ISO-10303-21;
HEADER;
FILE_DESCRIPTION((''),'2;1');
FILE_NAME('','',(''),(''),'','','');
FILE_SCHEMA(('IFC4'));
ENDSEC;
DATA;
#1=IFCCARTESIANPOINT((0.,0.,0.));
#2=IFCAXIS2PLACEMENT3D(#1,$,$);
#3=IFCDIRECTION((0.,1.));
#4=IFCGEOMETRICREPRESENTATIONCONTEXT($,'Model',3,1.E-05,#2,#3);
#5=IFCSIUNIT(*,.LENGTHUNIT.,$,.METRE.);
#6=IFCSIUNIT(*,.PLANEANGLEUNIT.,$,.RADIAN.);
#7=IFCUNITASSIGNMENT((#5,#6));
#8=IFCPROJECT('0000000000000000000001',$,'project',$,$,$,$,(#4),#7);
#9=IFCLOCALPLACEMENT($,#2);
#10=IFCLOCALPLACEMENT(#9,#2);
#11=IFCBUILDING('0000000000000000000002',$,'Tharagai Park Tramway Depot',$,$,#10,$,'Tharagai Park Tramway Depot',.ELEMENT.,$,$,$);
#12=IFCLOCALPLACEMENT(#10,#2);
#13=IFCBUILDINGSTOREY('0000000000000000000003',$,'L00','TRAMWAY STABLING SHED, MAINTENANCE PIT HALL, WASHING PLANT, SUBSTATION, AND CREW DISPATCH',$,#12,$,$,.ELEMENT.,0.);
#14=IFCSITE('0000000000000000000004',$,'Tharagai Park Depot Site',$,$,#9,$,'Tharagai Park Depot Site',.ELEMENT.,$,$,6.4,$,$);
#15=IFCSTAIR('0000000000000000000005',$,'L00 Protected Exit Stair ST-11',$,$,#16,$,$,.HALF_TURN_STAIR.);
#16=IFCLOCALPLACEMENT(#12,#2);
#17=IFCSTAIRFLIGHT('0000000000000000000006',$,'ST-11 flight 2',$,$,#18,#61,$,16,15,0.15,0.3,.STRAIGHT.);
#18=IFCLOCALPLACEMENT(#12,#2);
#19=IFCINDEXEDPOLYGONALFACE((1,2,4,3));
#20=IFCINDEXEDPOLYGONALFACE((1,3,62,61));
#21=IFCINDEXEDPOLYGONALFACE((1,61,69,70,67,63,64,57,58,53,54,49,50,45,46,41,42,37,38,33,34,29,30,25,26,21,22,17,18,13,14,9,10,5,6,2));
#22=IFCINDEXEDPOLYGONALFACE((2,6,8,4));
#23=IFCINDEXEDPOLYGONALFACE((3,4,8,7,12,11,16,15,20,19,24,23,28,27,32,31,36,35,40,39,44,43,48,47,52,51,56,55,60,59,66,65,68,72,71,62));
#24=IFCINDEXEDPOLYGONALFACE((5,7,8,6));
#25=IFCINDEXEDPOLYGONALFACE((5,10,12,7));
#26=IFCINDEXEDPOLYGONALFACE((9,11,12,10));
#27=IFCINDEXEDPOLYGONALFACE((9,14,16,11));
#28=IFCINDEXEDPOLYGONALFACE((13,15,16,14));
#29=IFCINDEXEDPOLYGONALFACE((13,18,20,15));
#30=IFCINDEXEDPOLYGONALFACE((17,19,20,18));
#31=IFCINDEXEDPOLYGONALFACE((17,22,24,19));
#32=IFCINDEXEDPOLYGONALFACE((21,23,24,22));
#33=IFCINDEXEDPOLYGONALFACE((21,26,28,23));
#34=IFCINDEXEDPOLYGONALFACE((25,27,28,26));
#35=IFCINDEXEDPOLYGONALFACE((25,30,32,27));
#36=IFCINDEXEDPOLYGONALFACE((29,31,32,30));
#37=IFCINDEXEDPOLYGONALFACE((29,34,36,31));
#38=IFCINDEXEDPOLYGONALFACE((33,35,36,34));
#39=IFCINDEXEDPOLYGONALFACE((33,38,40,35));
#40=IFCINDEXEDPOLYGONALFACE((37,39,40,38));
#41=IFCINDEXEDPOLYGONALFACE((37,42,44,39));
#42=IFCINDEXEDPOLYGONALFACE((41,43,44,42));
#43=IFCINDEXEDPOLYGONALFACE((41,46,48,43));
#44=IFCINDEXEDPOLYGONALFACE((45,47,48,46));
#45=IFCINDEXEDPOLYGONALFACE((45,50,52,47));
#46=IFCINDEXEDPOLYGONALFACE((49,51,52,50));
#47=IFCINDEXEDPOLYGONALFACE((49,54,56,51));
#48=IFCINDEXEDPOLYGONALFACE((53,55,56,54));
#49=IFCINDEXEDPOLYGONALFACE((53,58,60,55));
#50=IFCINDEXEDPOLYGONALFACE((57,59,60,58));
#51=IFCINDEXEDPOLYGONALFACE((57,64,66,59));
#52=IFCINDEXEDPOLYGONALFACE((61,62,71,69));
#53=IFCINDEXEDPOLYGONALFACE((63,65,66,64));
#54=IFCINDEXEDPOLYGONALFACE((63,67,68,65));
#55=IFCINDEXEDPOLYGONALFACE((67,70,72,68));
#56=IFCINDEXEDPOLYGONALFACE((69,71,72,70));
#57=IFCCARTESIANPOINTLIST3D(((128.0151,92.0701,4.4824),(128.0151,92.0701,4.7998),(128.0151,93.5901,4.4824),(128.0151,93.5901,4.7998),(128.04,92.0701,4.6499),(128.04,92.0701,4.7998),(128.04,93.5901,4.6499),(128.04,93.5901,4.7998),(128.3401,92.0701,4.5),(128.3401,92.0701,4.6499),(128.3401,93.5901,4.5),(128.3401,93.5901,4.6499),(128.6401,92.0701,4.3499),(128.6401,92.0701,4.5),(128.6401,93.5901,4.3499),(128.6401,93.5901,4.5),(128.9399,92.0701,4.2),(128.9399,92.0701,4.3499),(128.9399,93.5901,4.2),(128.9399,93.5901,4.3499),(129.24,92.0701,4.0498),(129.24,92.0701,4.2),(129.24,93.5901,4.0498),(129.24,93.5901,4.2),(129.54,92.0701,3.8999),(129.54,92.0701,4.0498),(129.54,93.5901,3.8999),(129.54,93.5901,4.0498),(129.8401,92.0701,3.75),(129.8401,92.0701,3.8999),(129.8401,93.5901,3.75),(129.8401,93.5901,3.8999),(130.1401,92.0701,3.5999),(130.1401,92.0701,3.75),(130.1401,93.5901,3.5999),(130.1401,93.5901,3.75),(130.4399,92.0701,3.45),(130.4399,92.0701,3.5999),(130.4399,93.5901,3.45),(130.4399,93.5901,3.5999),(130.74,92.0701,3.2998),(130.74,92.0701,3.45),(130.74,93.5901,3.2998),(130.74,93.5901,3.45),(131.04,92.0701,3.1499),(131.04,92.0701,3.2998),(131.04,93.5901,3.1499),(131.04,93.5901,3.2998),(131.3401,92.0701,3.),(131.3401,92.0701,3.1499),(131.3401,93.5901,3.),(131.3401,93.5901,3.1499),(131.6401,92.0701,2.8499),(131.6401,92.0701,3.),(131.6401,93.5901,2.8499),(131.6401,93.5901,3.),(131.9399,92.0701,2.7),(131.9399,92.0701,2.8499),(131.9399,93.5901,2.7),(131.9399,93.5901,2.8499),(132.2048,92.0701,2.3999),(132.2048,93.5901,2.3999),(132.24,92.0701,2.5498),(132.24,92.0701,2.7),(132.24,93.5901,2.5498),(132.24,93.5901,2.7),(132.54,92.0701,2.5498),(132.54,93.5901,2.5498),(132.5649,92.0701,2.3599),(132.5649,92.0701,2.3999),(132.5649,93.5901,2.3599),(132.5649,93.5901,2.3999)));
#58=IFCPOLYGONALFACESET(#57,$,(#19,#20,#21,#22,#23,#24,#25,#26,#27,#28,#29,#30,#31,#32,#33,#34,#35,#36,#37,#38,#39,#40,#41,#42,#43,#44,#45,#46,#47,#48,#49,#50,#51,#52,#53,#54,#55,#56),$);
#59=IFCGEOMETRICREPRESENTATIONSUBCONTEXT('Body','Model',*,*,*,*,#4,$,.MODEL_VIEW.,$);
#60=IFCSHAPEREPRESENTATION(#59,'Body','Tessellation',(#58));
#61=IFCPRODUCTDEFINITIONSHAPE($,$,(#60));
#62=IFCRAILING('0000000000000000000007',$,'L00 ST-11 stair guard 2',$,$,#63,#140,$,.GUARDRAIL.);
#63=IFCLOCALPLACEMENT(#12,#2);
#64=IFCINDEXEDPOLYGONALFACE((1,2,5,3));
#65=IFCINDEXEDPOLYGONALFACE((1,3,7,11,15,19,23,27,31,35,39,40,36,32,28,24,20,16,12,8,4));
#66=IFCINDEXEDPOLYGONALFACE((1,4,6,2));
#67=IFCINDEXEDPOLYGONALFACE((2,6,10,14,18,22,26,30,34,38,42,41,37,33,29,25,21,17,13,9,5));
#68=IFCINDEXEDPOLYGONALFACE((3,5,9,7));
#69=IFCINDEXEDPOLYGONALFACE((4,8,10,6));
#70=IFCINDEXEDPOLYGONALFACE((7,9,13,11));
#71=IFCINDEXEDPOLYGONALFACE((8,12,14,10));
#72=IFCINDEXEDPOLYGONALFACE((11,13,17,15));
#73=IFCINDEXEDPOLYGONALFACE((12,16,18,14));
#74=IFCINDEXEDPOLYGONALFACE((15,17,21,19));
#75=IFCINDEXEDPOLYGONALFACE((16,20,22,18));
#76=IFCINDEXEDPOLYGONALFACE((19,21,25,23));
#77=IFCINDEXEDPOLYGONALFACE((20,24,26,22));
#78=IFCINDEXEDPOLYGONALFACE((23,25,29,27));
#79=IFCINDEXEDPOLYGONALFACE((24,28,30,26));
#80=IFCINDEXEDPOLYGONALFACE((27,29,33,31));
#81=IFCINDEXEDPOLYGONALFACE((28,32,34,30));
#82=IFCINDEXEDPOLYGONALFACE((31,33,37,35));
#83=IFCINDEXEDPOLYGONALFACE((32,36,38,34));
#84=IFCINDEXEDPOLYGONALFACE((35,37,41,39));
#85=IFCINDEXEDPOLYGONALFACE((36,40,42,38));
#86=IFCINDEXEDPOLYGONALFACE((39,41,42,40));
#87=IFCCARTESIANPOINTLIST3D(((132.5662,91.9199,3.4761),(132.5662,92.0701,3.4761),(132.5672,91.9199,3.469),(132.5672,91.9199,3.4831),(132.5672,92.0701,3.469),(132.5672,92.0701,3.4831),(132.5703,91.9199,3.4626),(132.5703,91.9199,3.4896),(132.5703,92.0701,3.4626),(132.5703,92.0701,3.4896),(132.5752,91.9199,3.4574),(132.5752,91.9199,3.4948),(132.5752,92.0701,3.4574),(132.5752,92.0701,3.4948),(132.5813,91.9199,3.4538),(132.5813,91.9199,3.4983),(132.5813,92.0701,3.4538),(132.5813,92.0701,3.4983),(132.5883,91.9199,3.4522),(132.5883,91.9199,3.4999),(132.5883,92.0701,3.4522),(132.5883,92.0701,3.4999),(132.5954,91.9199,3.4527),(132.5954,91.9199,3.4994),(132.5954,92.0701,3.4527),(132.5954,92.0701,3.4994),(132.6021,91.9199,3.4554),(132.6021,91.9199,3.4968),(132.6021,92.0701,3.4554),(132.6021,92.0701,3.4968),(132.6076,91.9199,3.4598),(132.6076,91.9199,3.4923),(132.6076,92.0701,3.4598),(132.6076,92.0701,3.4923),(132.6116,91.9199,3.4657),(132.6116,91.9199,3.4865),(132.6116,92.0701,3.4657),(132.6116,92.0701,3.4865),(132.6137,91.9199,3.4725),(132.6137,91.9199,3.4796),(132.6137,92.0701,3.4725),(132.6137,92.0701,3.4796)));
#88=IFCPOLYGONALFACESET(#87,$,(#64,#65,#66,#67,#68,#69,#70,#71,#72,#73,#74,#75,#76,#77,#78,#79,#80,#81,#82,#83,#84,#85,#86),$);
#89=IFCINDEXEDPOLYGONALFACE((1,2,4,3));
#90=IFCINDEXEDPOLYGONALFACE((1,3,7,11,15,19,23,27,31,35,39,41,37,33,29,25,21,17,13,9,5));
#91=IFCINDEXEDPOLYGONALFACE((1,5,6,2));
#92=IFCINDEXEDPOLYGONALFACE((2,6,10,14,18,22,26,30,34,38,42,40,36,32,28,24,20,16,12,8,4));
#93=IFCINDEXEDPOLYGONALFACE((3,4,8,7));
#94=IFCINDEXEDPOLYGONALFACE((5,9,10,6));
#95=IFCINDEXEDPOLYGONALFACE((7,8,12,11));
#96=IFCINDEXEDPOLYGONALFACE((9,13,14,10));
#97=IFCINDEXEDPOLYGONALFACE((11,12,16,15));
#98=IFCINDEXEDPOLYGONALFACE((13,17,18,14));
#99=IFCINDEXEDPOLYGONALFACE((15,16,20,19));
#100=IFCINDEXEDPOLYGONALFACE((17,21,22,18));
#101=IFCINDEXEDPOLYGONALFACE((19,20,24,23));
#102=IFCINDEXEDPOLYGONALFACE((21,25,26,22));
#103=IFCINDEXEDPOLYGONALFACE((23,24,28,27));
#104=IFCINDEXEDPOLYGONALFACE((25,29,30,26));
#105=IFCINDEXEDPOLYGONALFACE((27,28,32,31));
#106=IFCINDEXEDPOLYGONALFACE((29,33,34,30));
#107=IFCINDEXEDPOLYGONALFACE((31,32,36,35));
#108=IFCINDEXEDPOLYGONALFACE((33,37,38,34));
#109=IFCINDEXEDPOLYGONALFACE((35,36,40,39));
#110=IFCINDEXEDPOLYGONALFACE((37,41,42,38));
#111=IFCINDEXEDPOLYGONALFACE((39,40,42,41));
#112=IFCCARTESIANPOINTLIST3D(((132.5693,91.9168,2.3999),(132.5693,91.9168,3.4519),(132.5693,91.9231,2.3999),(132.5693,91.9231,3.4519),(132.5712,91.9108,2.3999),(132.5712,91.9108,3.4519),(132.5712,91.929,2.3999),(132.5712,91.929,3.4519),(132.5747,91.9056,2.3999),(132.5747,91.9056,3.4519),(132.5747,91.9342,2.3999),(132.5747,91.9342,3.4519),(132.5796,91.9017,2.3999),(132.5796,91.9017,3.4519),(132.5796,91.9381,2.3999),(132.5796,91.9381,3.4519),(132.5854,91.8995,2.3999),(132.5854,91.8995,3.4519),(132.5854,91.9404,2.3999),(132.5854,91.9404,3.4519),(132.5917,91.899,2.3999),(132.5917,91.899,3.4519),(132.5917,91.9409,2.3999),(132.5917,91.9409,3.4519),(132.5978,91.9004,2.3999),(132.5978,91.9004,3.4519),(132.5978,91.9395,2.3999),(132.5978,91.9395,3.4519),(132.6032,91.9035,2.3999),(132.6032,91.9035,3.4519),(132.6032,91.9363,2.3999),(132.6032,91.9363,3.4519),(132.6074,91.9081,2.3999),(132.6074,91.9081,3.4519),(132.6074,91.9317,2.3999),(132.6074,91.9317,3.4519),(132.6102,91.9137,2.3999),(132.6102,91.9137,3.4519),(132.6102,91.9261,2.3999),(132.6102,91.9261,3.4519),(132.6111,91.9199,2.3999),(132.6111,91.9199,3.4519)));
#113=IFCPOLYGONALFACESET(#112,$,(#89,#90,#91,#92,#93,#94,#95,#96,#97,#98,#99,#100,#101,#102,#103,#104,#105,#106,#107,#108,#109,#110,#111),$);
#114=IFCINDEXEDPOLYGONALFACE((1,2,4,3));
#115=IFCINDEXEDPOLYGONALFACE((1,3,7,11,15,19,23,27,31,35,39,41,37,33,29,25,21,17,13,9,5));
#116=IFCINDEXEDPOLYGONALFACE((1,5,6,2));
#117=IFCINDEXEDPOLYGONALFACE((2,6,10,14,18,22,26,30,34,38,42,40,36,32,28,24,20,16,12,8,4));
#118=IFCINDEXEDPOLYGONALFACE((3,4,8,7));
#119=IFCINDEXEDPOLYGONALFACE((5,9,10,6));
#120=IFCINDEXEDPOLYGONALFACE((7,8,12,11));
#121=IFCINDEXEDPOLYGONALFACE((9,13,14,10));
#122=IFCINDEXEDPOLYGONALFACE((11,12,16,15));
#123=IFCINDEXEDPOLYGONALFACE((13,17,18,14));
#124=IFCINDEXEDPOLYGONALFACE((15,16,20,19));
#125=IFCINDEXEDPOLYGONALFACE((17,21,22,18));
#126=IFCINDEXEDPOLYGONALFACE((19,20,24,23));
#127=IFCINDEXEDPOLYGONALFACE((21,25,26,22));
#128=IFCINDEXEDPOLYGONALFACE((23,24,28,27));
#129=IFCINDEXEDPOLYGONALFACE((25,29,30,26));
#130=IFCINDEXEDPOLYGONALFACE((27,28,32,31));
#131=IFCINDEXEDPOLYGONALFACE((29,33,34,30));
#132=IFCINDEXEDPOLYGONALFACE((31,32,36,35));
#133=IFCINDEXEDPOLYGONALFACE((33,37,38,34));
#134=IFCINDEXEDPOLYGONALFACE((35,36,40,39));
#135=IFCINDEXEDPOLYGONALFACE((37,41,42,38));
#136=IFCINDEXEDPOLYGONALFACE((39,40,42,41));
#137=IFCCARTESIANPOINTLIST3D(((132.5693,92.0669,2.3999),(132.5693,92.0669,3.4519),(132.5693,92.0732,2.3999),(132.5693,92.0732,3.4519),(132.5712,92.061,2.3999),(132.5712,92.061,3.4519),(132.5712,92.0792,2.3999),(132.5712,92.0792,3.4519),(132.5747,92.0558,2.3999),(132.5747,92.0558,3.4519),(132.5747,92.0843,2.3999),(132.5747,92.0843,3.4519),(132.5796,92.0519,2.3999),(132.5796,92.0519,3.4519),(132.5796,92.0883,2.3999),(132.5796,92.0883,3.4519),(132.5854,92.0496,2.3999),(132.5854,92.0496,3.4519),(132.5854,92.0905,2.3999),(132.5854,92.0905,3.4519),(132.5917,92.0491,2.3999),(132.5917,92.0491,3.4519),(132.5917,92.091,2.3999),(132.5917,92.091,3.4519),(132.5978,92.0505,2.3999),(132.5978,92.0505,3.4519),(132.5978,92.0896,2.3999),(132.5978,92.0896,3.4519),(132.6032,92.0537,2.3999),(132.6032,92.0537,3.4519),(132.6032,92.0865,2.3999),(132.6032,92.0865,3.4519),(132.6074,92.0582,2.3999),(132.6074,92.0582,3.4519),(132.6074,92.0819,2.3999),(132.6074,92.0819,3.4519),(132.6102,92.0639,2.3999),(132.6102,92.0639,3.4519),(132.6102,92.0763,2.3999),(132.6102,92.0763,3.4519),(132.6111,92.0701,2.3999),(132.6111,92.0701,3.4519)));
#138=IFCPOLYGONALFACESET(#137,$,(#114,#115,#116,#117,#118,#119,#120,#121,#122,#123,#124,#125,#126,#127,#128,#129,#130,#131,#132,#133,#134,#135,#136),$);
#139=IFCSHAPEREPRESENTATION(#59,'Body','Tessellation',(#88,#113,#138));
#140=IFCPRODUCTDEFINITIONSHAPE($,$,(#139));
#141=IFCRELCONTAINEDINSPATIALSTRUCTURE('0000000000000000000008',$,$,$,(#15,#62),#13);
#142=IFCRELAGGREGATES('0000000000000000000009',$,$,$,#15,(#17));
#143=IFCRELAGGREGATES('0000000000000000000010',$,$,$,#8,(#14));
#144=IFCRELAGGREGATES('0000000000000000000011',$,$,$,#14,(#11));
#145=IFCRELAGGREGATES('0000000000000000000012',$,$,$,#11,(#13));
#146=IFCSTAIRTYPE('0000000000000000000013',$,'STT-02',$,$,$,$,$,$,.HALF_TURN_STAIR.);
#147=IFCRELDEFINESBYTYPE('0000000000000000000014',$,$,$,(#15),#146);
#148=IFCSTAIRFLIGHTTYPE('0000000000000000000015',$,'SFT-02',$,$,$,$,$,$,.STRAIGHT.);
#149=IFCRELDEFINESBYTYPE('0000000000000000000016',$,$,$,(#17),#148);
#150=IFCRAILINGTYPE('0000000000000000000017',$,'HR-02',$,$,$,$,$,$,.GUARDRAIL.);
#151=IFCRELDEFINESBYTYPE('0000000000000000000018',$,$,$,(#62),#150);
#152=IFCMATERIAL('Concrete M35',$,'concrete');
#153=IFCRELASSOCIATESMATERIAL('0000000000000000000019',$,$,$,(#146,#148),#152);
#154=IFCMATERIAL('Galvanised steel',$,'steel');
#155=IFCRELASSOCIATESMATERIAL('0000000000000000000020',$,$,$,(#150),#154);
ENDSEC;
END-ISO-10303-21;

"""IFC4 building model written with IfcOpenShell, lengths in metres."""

from ifc_helpers import new_model, si_unit, direction, frame, origin, origin_2d, place, context, subcontext, project, spatial, polyline, circle, outline, extrude, material, type_object, element, aggregate, save


model = new_model("IFC4")

# Units and contexts
model_context = context("Model", 3, precision=1e-05, world=origin(), true_north=direction((0.0, 1.0)))
body_context = subcontext(model_context, "Body", "Model", "MODEL_VIEW")
ifc_project = project(units=[si_unit("LENGTHUNIT", "METRE"), si_unit("PLANEANGLEUNIT", "RADIAN")], contexts=[model_context])

# Site, building, storey
site_placement = place(None, origin())
site = spatial("IfcSite", under=ifc_project, at=site_placement, Name="Tharagai Park Depot Site", LongName="Tharagai Park Depot Site", CompositionType="ELEMENT", RefElevation=6.4)
building_placement = place(site_placement, origin())
building = spatial("IfcBuilding", under=site, at=building_placement, Name="Tharagai Park Tramway Depot", LongName="Tharagai Park Tramway Depot", CompositionType="ELEMENT")
storey_placement = place(building_placement, origin())
storey = spatial("IfcBuildingStorey", under=building, at=storey_placement, Name="L00", Description="TRAMWAY STABLING SHED, MAINTENANCE PIT HALL, WASHING PLANT, SUBSTATION, AND CREW DISPATCH", CompositionType="ELEMENT", Elevation=0.0)

# Shared definitions
ifc_material_1 = material(Name="Galvanised steel", Category="steel")

# Stair, stair flight
ifc_material_2 = material(Name="Concrete M35", Category="concrete")
stair_type = type_object("IfcStairType", Name="STT-02", PredefinedType="HALF_TURN_STAIR", material=ifc_material_2)
stair_placement = place(storey_placement, origin())
stair = element("IfcStair", 1, at=stair_placement, inside=storey, type_object=stair_type, Name="L00 Protected Exit Stair ST-11", PredefinedType="HALF_TURN_STAIR")
stair_flight_type = type_object("IfcStairFlightType", Name="SFT-02", PredefinedType="STRAIGHT", material=ifc_material_2)
stair_flight_placement = place(storey_placement, frame((132.54, 92.8301, 2.3999), z_axis=(0.0, 0.0, 1.0), x_axis=(-1.0, 0.0, 0.0)))
stair_flight = element("IfcStairFlight", 2, at=stair_flight_placement, type_object=stair_flight_type, Name="ST-11 flight 2", NumberOfRisers=16, NumberOfTreads=15, PredefinedType="STRAIGHT", RiserHeight=0.15, TreadLength=0.3, context=body_context, shape_type="SweptSolid", body=[
    extrude(outline(polyline([(-0.0249, 0.0), (0.0, 0.1499), (0.3, 0.1499), (0.3, 0.3), (0.6001, 0.3), (0.6001, 0.45), (0.8999, 0.45), (0.8999, 0.6001), (1.2, 0.6001), (1.2, 0.75), (1.5, 0.75), (1.5, 0.8999), (1.8, 0.8999), (1.8, 1.05), (2.1001, 1.05), (2.1001, 1.2), (2.3999, 1.2), (2.3999, 1.3501), (2.7, 1.3501), (2.7, 1.5), (3.0, 1.5), (3.0, 1.6499), (3.3, 1.6499), (3.3, 1.8), (3.6001, 1.8), (3.6001, 1.95), (3.8999, 1.95), (3.8999, 2.1001), (4.2, 2.1001), (4.2, 2.25), (4.5, 2.25), (4.5, 2.3999), (4.5249, 2.3999), (4.5249, 2.0825), (0.3352, 0.0), (-0.0249, -0.04), (-0.0249, 0.0)])), frame((0.0, 0.76, 0.0), z_axis=(0.0, -1.0, 0.0), x_axis=(1.0, 0.0, 0.0)), (0.0, 0.0, 1.0), 1.52),
])
aggregate(stair, [stair_flight])

# Railing
railing_type_1 = type_object("IfcRailingType", Name="HR-02", PredefinedType="GUARDRAIL", material=ifc_material_1)
railing_1_placement = place(storey_placement, frame((132.5901, 91.9199, 2.3999)))
element("IfcRailing", 3, at=railing_1_placement, inside=storey, type_object=railing_type_1, Name="L00 ST-11 stair guard 2", PredefinedType="GUARDRAIL", context=body_context, shape_type="SweptSolid", body=[
    extrude(circle(Radius=0.0239, at=origin_2d()), frame((0.0, 0.0, 1.0762), z_axis=(0.0, 1.0, 0.0), x_axis=(-1.0, 0.0, 0.0)), (0.0, 0.0, 1.0), 0.1501),
    extrude(circle(Radius=0.021, at=origin_2d()), origin(), (0.0, 0.0, 1.0), 1.052),
    extrude(circle(Radius=0.021, at=origin_2d()), frame((0.0, 0.1501, 0.0)), (0.0, 0.0, 1.0), 1.052),
])

save(model, "model.ifc")
